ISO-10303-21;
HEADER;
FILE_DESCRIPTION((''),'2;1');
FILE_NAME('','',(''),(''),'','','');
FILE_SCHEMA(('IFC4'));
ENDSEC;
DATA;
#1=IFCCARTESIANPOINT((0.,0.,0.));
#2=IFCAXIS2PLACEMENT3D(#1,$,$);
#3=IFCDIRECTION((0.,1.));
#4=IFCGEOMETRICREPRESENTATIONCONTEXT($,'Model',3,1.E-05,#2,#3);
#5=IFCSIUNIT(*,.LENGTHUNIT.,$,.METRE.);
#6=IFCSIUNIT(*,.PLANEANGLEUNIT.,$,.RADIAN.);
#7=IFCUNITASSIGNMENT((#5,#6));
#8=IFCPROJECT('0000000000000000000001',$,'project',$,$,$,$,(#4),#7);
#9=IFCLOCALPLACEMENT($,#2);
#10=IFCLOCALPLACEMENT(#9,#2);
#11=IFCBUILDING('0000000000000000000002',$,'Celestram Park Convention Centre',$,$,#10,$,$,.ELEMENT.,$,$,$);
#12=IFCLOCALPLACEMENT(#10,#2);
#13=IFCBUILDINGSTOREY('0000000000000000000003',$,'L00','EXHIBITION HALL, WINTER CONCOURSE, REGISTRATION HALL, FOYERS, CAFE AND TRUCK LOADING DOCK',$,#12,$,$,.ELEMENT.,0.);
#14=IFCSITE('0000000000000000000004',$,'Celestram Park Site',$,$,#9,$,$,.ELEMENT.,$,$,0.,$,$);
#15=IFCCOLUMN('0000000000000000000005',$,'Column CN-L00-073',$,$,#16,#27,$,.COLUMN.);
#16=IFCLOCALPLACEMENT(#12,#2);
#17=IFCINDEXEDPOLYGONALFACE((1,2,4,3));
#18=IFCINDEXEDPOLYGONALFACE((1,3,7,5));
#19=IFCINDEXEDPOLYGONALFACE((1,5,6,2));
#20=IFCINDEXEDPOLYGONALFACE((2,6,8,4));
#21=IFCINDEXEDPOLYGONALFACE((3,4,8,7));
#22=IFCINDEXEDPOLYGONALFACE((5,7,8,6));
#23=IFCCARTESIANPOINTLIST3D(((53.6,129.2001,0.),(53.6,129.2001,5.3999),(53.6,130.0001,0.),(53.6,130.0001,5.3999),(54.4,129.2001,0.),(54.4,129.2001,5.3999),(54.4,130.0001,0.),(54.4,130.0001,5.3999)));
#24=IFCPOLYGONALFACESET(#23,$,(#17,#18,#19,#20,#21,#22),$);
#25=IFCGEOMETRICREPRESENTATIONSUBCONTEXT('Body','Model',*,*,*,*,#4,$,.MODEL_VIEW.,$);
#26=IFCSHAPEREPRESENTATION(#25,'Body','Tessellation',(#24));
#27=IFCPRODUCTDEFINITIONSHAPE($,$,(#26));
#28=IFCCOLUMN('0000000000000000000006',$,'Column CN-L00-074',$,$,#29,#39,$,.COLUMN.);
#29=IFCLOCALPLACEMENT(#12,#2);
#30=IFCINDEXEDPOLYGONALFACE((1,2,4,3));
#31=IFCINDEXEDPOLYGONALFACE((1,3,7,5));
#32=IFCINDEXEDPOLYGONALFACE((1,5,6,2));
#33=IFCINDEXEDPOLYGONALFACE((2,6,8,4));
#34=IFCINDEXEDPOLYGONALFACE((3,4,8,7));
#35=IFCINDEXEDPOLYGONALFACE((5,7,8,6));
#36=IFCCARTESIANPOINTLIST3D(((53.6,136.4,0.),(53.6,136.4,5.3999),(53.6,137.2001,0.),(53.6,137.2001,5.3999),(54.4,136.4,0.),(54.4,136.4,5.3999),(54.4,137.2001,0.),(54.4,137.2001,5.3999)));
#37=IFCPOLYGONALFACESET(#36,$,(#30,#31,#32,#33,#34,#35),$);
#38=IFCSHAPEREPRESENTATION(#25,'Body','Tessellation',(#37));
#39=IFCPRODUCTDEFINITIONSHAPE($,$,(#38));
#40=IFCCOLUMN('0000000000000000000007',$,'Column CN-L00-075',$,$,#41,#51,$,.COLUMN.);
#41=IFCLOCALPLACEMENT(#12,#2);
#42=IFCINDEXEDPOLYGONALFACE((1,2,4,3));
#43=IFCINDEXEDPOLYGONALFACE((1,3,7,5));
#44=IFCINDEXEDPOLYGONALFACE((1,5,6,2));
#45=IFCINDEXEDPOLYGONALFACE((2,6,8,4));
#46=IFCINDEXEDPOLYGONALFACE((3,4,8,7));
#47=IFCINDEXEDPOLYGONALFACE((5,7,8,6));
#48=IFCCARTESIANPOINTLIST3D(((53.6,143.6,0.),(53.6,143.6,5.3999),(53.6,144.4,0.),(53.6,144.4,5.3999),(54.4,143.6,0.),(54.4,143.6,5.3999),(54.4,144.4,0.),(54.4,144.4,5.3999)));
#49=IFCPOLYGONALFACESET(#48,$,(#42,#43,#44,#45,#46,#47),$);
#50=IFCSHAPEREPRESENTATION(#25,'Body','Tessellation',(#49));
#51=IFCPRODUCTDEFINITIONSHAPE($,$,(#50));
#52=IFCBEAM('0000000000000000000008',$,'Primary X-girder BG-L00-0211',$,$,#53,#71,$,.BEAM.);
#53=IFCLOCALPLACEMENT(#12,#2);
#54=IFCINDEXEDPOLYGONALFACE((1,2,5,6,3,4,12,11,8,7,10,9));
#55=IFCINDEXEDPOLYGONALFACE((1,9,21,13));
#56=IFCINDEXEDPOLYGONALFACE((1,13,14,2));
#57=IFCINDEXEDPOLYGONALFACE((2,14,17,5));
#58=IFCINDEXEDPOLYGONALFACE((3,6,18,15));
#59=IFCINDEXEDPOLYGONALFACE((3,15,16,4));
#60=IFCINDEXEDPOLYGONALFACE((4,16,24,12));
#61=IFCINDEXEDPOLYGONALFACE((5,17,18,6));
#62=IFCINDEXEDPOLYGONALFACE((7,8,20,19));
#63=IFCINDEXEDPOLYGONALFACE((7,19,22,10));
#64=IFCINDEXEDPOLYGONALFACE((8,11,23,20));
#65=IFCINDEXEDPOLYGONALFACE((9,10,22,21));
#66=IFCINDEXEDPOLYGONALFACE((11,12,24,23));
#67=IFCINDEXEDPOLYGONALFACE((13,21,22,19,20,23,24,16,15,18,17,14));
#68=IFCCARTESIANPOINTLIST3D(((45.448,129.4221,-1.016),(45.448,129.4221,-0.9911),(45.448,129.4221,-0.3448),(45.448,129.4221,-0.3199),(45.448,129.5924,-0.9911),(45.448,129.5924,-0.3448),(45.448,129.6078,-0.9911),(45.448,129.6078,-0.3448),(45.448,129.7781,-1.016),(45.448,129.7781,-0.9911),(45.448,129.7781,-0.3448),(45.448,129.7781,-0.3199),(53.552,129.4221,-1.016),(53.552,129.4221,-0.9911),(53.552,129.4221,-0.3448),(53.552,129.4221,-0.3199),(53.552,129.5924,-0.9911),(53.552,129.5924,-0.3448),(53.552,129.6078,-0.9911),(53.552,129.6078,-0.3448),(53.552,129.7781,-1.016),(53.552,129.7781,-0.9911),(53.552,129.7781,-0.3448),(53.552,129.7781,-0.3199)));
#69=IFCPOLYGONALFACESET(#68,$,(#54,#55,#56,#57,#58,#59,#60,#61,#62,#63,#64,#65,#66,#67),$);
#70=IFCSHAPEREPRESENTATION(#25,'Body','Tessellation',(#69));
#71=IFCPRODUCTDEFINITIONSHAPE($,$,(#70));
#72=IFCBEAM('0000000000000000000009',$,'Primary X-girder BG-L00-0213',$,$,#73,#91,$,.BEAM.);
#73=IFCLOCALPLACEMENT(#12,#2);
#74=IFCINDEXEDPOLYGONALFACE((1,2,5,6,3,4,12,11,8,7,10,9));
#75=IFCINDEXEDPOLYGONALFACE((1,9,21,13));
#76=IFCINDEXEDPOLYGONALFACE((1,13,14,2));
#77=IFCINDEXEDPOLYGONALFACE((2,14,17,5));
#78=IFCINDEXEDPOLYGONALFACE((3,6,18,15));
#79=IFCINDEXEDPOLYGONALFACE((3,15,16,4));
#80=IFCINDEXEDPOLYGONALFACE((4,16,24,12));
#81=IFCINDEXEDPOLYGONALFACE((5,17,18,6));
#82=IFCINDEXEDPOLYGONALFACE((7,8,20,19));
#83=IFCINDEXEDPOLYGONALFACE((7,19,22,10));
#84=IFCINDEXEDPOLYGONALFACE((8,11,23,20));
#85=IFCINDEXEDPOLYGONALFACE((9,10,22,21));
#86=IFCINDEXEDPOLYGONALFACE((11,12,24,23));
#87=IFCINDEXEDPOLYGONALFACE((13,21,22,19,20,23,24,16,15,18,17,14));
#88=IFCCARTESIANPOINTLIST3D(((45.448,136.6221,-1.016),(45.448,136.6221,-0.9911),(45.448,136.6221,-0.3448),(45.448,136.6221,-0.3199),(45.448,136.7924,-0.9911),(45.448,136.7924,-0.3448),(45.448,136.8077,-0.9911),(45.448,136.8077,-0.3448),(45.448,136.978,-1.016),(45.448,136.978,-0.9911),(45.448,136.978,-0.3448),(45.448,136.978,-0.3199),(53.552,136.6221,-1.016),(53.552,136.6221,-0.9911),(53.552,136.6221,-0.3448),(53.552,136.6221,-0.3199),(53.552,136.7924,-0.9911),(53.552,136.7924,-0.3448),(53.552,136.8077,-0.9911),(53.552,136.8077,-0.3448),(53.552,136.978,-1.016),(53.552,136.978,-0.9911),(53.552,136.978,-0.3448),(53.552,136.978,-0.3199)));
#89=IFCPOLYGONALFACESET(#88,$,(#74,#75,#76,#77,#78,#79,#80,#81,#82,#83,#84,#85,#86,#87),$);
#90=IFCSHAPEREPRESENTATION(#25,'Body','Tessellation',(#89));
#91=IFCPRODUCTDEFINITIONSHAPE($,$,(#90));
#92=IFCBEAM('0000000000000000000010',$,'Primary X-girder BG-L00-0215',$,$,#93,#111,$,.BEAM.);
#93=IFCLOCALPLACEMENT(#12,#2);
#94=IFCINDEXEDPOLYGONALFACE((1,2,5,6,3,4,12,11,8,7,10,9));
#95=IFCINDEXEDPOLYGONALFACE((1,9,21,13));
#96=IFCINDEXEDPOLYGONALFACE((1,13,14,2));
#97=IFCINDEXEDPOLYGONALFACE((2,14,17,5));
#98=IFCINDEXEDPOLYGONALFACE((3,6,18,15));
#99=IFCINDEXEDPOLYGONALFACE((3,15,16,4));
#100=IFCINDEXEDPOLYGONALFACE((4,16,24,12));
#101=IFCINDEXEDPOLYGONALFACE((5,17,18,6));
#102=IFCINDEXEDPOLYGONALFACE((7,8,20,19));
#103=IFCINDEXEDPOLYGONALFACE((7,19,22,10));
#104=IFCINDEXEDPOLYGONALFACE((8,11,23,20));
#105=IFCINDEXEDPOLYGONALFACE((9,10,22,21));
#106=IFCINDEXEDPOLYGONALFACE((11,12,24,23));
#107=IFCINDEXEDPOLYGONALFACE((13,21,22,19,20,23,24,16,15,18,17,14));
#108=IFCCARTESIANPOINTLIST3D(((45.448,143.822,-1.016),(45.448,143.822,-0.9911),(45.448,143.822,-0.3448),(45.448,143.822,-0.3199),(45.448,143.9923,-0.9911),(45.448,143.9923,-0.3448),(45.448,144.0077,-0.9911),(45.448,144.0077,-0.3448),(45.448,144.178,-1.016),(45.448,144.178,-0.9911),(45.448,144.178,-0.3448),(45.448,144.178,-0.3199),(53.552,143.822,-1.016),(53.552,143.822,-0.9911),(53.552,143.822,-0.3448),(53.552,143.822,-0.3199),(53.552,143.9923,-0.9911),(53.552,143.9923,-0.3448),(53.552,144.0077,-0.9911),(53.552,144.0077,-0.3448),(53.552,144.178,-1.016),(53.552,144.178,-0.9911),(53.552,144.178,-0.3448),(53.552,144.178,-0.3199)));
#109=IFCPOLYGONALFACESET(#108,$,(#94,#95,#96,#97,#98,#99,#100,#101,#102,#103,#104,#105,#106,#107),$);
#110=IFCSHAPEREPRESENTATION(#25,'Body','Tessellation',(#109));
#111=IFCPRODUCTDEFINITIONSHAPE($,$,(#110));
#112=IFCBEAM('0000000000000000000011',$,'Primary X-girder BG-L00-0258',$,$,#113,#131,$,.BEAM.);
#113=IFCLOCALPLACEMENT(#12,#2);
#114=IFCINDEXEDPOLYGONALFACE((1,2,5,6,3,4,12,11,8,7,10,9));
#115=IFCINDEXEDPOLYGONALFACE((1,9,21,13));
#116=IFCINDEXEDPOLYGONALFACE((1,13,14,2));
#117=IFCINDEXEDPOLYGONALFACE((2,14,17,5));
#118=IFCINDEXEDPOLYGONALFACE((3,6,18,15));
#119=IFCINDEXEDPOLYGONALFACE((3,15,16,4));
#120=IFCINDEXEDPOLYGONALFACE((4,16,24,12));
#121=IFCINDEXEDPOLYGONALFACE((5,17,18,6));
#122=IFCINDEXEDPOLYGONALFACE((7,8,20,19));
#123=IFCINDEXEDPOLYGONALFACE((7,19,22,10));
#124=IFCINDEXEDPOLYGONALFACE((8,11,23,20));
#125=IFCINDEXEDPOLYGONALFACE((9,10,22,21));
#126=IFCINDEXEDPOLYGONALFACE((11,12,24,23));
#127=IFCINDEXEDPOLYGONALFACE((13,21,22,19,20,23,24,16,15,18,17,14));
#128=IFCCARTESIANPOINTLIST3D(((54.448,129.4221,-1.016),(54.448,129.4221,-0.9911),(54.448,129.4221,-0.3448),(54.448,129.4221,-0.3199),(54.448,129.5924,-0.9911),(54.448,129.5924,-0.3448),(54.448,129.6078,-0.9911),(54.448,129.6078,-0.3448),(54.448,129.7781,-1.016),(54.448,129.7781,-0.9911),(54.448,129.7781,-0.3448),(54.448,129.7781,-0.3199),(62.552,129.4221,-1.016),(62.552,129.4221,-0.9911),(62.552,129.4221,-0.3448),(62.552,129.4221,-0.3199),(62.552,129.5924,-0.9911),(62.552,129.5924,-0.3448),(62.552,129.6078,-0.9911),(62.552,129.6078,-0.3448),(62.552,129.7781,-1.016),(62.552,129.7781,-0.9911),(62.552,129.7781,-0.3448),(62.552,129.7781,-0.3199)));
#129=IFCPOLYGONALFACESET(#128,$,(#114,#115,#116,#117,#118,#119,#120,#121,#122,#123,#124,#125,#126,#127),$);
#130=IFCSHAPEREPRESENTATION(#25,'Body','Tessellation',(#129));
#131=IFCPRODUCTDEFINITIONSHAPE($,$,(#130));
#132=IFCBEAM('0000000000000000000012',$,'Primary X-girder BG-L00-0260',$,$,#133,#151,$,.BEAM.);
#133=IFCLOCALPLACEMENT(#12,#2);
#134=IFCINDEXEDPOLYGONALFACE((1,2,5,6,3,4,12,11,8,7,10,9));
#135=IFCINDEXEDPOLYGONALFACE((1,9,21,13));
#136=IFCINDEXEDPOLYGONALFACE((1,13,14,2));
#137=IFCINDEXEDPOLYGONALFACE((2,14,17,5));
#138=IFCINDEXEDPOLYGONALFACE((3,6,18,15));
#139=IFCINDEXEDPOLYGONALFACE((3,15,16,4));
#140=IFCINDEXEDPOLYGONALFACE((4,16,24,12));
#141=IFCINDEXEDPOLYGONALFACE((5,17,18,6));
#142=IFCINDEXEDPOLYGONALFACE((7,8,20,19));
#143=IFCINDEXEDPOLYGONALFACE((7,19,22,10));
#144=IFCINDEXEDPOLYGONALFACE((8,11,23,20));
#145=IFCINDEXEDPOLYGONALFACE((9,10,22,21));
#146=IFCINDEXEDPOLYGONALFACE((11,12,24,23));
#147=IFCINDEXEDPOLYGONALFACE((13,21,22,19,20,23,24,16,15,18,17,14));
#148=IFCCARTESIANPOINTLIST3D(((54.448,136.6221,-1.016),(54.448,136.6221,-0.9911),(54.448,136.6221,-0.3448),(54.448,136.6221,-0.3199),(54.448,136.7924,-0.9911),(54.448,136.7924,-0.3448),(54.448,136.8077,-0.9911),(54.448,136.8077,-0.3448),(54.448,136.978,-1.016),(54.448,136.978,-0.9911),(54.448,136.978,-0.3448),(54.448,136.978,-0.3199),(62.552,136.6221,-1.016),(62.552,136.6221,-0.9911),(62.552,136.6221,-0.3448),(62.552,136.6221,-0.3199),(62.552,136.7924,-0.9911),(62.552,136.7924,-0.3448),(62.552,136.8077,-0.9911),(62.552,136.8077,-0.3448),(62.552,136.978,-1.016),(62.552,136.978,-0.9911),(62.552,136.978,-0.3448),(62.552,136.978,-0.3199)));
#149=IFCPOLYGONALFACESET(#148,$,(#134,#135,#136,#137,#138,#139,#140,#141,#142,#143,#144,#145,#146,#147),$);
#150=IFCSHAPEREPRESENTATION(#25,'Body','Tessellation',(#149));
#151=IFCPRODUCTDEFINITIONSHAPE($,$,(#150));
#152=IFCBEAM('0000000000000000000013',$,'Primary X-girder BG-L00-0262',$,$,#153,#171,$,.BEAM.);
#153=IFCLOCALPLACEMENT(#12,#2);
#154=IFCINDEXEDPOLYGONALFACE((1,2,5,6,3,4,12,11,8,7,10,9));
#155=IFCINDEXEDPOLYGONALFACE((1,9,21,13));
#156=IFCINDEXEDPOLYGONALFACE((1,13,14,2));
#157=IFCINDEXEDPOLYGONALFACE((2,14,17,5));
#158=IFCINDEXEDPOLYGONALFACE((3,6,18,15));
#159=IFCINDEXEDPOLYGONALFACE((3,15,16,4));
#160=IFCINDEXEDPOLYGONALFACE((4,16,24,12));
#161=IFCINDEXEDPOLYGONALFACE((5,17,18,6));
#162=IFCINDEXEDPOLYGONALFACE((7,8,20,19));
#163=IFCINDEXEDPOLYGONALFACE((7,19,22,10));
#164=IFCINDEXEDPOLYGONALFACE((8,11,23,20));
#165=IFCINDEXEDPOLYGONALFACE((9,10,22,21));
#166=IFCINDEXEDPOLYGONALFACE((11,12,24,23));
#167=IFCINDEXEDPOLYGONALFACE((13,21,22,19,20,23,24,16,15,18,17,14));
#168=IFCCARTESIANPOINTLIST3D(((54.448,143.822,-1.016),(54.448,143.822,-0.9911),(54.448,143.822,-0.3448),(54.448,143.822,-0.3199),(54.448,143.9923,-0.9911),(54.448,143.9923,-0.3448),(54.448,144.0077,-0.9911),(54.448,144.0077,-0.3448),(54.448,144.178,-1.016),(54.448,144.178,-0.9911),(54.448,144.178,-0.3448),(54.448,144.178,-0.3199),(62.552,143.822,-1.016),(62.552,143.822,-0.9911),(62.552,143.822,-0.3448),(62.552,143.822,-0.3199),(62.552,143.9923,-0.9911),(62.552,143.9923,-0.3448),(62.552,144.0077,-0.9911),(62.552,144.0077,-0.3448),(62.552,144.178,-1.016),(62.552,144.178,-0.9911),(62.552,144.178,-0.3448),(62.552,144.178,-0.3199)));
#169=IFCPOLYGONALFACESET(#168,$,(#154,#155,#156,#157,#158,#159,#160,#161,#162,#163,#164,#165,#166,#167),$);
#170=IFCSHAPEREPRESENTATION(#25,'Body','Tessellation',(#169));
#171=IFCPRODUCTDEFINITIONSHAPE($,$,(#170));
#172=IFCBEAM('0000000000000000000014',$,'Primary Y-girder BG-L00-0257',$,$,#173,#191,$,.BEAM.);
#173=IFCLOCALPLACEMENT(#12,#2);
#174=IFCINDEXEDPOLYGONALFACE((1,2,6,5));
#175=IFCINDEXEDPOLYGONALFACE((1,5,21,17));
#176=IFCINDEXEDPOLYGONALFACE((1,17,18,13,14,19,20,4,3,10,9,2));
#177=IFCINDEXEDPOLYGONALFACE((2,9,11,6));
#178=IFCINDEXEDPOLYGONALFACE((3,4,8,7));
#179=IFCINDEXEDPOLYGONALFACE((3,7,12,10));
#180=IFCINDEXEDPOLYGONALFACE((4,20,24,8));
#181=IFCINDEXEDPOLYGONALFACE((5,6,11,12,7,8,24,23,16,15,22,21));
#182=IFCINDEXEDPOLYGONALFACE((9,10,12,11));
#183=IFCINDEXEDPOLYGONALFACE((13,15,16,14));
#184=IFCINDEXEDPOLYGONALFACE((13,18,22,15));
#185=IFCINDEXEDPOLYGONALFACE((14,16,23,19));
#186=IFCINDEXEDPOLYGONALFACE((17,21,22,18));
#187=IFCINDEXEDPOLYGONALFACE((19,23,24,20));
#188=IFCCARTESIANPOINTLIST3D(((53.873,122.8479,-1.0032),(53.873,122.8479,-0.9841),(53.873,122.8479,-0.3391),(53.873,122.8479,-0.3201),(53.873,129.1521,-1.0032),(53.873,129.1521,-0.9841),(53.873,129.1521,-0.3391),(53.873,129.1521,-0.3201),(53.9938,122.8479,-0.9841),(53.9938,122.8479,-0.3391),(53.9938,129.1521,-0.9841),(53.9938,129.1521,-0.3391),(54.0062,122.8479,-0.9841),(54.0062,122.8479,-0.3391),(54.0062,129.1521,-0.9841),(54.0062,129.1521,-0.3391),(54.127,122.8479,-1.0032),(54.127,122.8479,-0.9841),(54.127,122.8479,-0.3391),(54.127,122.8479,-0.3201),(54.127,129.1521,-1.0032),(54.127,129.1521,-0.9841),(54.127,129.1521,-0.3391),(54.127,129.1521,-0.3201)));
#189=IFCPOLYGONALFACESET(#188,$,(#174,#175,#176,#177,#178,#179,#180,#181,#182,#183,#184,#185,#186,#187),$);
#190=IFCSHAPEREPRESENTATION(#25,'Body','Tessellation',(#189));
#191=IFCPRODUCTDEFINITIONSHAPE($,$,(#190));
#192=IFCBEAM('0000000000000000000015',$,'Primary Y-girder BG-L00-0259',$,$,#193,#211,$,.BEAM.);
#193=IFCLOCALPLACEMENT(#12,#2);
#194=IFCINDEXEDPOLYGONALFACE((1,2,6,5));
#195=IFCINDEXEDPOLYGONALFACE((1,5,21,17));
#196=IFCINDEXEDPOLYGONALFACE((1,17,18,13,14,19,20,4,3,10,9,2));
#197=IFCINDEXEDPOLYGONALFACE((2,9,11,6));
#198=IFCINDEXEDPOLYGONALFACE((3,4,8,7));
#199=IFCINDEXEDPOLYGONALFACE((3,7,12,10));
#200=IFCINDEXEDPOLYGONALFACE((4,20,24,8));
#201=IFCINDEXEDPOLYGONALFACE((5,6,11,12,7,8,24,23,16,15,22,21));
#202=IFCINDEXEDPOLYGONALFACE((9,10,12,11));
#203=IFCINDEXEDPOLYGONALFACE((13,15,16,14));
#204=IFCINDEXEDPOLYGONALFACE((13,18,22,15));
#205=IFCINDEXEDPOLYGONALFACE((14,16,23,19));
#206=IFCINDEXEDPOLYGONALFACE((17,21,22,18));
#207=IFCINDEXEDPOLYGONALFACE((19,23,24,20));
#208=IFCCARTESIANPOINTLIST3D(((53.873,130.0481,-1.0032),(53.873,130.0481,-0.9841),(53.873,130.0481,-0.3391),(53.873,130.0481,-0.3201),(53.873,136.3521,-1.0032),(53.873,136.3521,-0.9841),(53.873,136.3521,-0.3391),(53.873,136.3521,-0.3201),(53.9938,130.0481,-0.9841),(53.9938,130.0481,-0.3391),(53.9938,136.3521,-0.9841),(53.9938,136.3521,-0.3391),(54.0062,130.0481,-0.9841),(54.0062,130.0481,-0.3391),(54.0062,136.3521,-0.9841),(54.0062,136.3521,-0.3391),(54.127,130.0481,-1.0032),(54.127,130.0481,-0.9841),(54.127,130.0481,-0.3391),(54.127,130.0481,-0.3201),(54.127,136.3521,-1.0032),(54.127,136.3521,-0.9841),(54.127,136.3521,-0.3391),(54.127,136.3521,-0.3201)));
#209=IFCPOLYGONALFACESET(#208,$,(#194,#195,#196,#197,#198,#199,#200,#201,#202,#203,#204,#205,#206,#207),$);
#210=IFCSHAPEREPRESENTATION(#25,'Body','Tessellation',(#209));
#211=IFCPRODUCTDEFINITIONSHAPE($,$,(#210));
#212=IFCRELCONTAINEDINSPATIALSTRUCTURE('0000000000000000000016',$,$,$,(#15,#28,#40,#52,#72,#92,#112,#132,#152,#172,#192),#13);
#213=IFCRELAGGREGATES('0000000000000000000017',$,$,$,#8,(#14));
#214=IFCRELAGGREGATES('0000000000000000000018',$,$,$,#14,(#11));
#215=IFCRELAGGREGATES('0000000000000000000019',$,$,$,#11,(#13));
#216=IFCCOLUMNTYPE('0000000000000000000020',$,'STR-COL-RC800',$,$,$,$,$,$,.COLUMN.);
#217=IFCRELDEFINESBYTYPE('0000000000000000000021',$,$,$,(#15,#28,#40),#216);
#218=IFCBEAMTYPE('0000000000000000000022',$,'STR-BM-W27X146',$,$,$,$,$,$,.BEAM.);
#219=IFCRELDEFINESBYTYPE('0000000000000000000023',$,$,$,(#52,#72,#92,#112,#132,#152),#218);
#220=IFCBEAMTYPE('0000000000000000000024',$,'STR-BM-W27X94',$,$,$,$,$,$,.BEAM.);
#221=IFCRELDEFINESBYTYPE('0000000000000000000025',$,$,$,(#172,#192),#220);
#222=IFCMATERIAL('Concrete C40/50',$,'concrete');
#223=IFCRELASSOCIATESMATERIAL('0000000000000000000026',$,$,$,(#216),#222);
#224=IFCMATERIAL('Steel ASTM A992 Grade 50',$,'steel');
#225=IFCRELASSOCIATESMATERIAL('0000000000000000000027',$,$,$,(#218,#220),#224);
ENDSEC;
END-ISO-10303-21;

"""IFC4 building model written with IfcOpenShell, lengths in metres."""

from ifc_helpers import new_model, si_unit, direction, frame, origin, origin_2d, place, context, subcontext, project, spatial, rectangle, i_section, extrude, material, material_profile, profile_set, type_object, element, save


model = new_model("IFC4")

# Units and contexts
model_context = context("Model", 3, precision=1e-05, world=origin(), true_north=direction((0.0, 1.0)))
body_context = subcontext(model_context, "Body", "Model", "MODEL_VIEW")
ifc_project = project(units=[si_unit("LENGTHUNIT", "METRE"), si_unit("PLANEANGLEUNIT", "RADIAN")], contexts=[model_context])

# Site, building, storey
site_placement = place(None, origin())
site = spatial("IfcSite", under=ifc_project, at=site_placement, Name="Celestram Park Site", CompositionType="ELEMENT", RefElevation=0.0)
building_placement = place(site_placement, origin())
building = spatial("IfcBuilding", under=site, at=building_placement, Name="Celestram Park Convention Centre", CompositionType="ELEMENT")
storey_placement = place(building_placement, origin())
storey = spatial("IfcBuildingStorey", under=building, at=storey_placement, Name="L00", Description="EXHIBITION HALL, WINTER CONCOURSE, REGISTRATION HALL, FOYERS, CAFE AND TRUCK LOADING DOCK", CompositionType="ELEMENT", Elevation=0.0)

# Columns
ifc_material_1 = material(Name="Concrete C40/50", Category="concrete")
ifc_material_profile_1 = material_profile(ifc_material_1, rectangle(XDim=0.8, YDim=0.8, at=origin_2d()), Name="RC800X800")
ifc_profile_set_1 = profile_set([ifc_material_profile_1], Name="Concrete C40/50")
column_type = type_object("IfcColumnType", Name="STR-COL-RC800", PredefinedType="COLUMN", material=ifc_profile_set_1)
for number, where, z_axis, x_axis, name in (
    (1, (54.0, 129.6001, 0.0), (0.0, 0.0, 1.0), (1.0, 0.0, 0.0), "Column CN-L00-073"),
    (2, (54.0, 136.8, 0.0), (0.0, 0.0, 1.0), (1.0, 0.0, 0.0), "Column CN-L00-074"),
    (3, (54.0, 144.0, 0.0), (0.0, 0.0, 1.0), (1.0, 0.0, 0.0), "Column CN-L00-075"),
):
    element("IfcColumn", number, at=place(storey_placement, frame(where, z_axis=z_axis, x_axis=x_axis)), inside=storey, type_object=column_type, Name=name, PredefinedType="COLUMN", context=body_context, shape_type="SweptSolid", body=[
        extrude(rectangle(XDim=0.8, YDim=0.8, at=origin_2d()), origin(), (0.0, 0.0, 1.0), 5.3999),
    ])

# Beams
ifc_material_2 = material(Name="Steel ASTM A992 Grade 50", Category="steel")
ifc_material_profile_2 = material_profile(ifc_material_2, i_section(OverallWidth=0.356, OverallDepth=0.696, WebThickness=0.0154, FlangeThickness=0.0249, at=origin_2d()), Name="W27X146")
ifc_profile_set_2 = profile_set([ifc_material_profile_2], Name="Steel ASTM A992 Grade 50")
beam_type_1 = type_object("IfcBeamType", Name="STR-BM-W27X146", PredefinedType="BEAM", material=ifc_profile_set_2)
for number, where, z_axis, x_axis, name in (
    (4, (45.448, 129.6001, -0.668), (1.0, 0.0, 0.0), (0.0, 1.0, 0.0), "Primary X-girder BG-L00-0211"),
    (5, (45.448, 136.8, -0.668), (1.0, 0.0, 0.0), (0.0, 1.0, 0.0), "Primary X-girder BG-L00-0213"),
    (6, (45.448, 144.0, -0.668), (1.0, 0.0, 0.0), (0.0, 1.0, 0.0), "Primary X-girder BG-L00-0215"),
    (7, (54.448, 129.6001, -0.668), (1.0, 0.0, 0.0), (0.0, 1.0, 0.0), "Primary X-girder BG-L00-0258"),
    (8, (54.448, 136.8, -0.668), (1.0, 0.0, 0.0), (0.0, 1.0, 0.0), "Primary X-girder BG-L00-0260"),
    (9, (54.448, 144.0, -0.668), (1.0, 0.0, 0.0), (0.0, 1.0, 0.0), "Primary X-girder BG-L00-0262"),
):
    element("IfcBeam", number, at=place(storey_placement, frame(where, z_axis=z_axis, x_axis=x_axis)), inside=storey, type_object=beam_type_1, Name=name, PredefinedType="BEAM", context=body_context, shape_type="SweptSolid", body=[
        extrude(i_section(OverallWidth=0.356, OverallDepth=0.696, WebThickness=0.0154, FlangeThickness=0.0249, at=origin_2d()), origin(), (0.0, 0.0, 1.0), 8.104),
    ])
ifc_material_profile_3 = material_profile(ifc_material_2, i_section(OverallWidth=0.2539, OverallDepth=0.6831, WebThickness=0.0125, FlangeThickness=0.019, at=origin_2d()), Name="W27X94")
ifc_profile_set_3 = profile_set([ifc_material_profile_3], Name="Steel ASTM A992 Grade 50")
beam_type_2 = type_object("IfcBeamType", Name="STR-BM-W27X94", PredefinedType="BEAM", material=ifc_profile_set_3)
beam_1_placement = place(storey_placement, frame((54.0, 122.8479, -0.6616), z_axis=(0.0, 1.0, 0.0), x_axis=(-1.0, 0.0, 0.0)))
element("IfcBeam", 10, at=beam_1_placement, inside=storey, type_object=beam_type_2, Name="Primary Y-girder BG-L00-0257", PredefinedType="BEAM", context=body_context, shape_type="SweptSolid", body=[
    extrude(i_section(OverallWidth=0.2539, OverallDepth=0.6831, WebThickness=0.0125, FlangeThickness=0.019, at=origin_2d()), origin(), (0.0, 0.0, 1.0), 6.3042),
])
for number, where, z_axis, x_axis, name in (
    (11, (54.0, 130.0481, -0.6616), (0.0, 1.0, 0.0), (-1.0, 0.0, 0.0), "Primary Y-girder BG-L00-0259"),
):
    element("IfcBeam", number, at=place(storey_placement, frame(where, z_axis=z_axis, x_axis=x_axis)), inside=storey, type_object=beam_type_2, Name=name, PredefinedType="BEAM", context=body_context, shape_type="SweptSolid", body=[
        extrude(i_section(OverallWidth=0.2539, OverallDepth=0.6831, WebThickness=0.0125, FlangeThickness=0.019, at=origin_2d()), origin(), (0.0, 0.0, 1.0), 6.304),
    ])

save(model, "model.ifc")
